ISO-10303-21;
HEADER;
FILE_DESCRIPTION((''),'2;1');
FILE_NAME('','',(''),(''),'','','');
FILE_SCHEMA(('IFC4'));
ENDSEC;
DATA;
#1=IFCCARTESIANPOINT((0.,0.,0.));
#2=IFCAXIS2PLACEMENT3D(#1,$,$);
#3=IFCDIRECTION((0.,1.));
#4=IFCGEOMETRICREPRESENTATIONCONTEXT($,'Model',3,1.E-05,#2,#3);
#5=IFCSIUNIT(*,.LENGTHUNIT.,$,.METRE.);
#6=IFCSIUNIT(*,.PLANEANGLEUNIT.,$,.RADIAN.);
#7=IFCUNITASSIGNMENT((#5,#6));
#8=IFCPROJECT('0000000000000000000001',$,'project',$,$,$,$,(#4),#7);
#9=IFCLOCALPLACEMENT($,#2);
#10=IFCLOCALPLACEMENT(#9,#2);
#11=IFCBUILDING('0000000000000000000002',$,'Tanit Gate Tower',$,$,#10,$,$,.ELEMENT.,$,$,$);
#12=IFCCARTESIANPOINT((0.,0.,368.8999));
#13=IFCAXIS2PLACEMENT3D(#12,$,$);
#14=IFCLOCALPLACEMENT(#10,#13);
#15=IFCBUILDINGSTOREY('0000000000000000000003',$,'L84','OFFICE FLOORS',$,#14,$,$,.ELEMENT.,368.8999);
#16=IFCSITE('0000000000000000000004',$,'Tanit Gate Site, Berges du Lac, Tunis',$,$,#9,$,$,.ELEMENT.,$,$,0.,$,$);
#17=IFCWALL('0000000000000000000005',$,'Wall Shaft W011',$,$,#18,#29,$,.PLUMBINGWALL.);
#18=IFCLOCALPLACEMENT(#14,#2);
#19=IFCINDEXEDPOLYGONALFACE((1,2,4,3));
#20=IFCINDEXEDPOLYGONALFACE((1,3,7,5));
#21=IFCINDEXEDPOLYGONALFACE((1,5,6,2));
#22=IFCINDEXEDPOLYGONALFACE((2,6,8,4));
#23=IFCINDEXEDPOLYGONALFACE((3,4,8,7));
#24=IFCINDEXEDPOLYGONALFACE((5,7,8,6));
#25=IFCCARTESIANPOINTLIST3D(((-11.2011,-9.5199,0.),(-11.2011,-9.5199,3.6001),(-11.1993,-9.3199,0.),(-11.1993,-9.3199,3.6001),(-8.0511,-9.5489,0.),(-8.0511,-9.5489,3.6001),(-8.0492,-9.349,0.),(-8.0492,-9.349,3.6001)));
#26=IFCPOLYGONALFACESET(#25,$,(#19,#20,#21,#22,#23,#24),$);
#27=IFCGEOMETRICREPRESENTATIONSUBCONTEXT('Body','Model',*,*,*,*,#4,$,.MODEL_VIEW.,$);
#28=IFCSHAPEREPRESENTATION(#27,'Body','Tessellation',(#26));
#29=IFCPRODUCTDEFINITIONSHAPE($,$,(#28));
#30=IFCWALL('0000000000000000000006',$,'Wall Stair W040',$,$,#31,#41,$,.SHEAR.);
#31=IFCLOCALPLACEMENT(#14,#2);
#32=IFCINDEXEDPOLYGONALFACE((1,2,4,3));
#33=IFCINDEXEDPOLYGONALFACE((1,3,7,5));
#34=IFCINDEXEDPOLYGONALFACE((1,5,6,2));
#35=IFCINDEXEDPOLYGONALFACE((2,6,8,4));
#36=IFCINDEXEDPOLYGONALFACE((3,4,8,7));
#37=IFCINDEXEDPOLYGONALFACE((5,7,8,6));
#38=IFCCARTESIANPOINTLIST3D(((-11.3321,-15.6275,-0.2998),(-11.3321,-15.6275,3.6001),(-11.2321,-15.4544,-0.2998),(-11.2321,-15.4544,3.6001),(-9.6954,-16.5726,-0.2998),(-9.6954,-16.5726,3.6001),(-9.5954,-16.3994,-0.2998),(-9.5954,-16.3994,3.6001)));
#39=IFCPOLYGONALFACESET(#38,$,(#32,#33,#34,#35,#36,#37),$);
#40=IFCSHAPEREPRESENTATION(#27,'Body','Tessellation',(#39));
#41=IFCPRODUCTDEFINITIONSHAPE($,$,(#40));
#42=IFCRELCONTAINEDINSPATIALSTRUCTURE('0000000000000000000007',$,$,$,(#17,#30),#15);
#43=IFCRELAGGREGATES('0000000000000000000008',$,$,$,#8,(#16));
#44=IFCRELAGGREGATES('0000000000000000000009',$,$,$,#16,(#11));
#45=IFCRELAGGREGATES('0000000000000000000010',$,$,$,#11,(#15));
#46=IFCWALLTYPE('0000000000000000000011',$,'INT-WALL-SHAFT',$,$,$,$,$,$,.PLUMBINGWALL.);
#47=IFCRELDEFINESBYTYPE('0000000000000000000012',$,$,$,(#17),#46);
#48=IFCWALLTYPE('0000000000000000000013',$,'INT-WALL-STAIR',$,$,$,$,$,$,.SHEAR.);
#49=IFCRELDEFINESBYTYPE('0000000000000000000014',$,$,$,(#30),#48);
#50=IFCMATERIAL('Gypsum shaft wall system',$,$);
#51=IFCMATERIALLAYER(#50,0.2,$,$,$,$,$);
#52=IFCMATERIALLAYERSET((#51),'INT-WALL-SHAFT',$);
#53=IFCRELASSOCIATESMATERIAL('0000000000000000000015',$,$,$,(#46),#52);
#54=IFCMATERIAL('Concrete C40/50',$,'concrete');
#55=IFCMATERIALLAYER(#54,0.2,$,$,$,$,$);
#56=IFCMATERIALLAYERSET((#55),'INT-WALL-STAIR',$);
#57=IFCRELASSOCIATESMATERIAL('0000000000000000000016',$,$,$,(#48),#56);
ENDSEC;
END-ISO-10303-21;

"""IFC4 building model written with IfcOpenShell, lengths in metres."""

from ifc_helpers import new_model, si_unit, direction, frame, frame_2d, origin, place, context, subcontext, project, spatial, rectangle, extrude, material, layer, layer_set, type_object, element, save


model = new_model("IFC4")

# Units and contexts
model_context = context("Model", 3, precision=1e-05, world=origin(), true_north=direction((0.0, 1.0)))
body_context = subcontext(model_context, "Body", "Model", "MODEL_VIEW")
ifc_project = project(units=[si_unit("LENGTHUNIT", "METRE"), si_unit("PLANEANGLEUNIT", "RADIAN")], contexts=[model_context])

# Site, building, storey
site_placement = place(None, origin())
site = spatial("IfcSite", under=ifc_project, at=site_placement, Name="Tanit Gate Site, Berges du Lac, Tunis", CompositionType="ELEMENT", RefElevation=0.0)
building_placement = place(site_placement, origin())
building = spatial("IfcBuilding", under=site, at=building_placement, Name="Tanit Gate Tower", CompositionType="ELEMENT")
storey_placement = place(building_placement, frame((0.0, 0.0, 368.8999)))
storey = spatial("IfcBuildingStorey", under=building, at=storey_placement, Name="L84", Description="OFFICE FLOORS", CompositionType="ELEMENT", Elevation=368.8999)

# Walls
ifc_material_1 = material(Name="Gypsum shaft wall system")
ifc_layer_1 = layer(ifc_material_1, 0.2)
ifc_layer_set_1 = layer_set([ifc_layer_1], Name="INT-WALL-SHAFT")
wall_type_1 = type_object("IfcWallType", Name="INT-WALL-SHAFT", PredefinedType="PLUMBINGWALL", material=ifc_layer_set_1)
wall_1_placement = place(storey_placement, frame((-8.05, -9.449, 0.0), z_axis=(0.0, 0.0, 1.0), x_axis=(-0.999957, 0.009223, 0.0)))
element("IfcWall", 1, at=wall_1_placement, inside=storey, type_object=wall_type_1, Name="Wall Shaft W011", PredefinedType="PLUMBINGWALL", context=body_context, shape_type="SweptSolid", body=[
    extrude(rectangle(XDim=3.1501, YDim=0.2, at=frame_2d((1.5752, 0.0))), origin(), (0.0, 0.0, 1.0), 3.6001),
])
ifc_material_2 = material(Name="Concrete C40/50", Category="concrete")
ifc_layer_2 = layer(ifc_material_2, 0.2)
ifc_layer_set_2 = layer_set([ifc_layer_2], Name="INT-WALL-STAIR")
wall_type_2 = type_object("IfcWallType", Name="INT-WALL-STAIR", PredefinedType="SHEAR", material=ifc_layer_set_2)
wall_2_placement = place(storey_placement, frame((-11.282, -15.541, -0.2998), z_axis=(0.0, 0.0, 1.0), x_axis=(0.866001, -0.500043, 0.0)))
element("IfcWall", 2, at=wall_2_placement, inside=storey, type_object=wall_type_2, Name="Wall Stair W040", PredefinedType="SHEAR", context=body_context, shape_type="SweptSolid", body=[
    extrude(rectangle(XDim=1.8899, YDim=0.2, at=frame_2d((0.9448, 0.0))), origin(), (0.0, 0.0, 1.0), 3.8999),
])

save(model, "model.ifc")
